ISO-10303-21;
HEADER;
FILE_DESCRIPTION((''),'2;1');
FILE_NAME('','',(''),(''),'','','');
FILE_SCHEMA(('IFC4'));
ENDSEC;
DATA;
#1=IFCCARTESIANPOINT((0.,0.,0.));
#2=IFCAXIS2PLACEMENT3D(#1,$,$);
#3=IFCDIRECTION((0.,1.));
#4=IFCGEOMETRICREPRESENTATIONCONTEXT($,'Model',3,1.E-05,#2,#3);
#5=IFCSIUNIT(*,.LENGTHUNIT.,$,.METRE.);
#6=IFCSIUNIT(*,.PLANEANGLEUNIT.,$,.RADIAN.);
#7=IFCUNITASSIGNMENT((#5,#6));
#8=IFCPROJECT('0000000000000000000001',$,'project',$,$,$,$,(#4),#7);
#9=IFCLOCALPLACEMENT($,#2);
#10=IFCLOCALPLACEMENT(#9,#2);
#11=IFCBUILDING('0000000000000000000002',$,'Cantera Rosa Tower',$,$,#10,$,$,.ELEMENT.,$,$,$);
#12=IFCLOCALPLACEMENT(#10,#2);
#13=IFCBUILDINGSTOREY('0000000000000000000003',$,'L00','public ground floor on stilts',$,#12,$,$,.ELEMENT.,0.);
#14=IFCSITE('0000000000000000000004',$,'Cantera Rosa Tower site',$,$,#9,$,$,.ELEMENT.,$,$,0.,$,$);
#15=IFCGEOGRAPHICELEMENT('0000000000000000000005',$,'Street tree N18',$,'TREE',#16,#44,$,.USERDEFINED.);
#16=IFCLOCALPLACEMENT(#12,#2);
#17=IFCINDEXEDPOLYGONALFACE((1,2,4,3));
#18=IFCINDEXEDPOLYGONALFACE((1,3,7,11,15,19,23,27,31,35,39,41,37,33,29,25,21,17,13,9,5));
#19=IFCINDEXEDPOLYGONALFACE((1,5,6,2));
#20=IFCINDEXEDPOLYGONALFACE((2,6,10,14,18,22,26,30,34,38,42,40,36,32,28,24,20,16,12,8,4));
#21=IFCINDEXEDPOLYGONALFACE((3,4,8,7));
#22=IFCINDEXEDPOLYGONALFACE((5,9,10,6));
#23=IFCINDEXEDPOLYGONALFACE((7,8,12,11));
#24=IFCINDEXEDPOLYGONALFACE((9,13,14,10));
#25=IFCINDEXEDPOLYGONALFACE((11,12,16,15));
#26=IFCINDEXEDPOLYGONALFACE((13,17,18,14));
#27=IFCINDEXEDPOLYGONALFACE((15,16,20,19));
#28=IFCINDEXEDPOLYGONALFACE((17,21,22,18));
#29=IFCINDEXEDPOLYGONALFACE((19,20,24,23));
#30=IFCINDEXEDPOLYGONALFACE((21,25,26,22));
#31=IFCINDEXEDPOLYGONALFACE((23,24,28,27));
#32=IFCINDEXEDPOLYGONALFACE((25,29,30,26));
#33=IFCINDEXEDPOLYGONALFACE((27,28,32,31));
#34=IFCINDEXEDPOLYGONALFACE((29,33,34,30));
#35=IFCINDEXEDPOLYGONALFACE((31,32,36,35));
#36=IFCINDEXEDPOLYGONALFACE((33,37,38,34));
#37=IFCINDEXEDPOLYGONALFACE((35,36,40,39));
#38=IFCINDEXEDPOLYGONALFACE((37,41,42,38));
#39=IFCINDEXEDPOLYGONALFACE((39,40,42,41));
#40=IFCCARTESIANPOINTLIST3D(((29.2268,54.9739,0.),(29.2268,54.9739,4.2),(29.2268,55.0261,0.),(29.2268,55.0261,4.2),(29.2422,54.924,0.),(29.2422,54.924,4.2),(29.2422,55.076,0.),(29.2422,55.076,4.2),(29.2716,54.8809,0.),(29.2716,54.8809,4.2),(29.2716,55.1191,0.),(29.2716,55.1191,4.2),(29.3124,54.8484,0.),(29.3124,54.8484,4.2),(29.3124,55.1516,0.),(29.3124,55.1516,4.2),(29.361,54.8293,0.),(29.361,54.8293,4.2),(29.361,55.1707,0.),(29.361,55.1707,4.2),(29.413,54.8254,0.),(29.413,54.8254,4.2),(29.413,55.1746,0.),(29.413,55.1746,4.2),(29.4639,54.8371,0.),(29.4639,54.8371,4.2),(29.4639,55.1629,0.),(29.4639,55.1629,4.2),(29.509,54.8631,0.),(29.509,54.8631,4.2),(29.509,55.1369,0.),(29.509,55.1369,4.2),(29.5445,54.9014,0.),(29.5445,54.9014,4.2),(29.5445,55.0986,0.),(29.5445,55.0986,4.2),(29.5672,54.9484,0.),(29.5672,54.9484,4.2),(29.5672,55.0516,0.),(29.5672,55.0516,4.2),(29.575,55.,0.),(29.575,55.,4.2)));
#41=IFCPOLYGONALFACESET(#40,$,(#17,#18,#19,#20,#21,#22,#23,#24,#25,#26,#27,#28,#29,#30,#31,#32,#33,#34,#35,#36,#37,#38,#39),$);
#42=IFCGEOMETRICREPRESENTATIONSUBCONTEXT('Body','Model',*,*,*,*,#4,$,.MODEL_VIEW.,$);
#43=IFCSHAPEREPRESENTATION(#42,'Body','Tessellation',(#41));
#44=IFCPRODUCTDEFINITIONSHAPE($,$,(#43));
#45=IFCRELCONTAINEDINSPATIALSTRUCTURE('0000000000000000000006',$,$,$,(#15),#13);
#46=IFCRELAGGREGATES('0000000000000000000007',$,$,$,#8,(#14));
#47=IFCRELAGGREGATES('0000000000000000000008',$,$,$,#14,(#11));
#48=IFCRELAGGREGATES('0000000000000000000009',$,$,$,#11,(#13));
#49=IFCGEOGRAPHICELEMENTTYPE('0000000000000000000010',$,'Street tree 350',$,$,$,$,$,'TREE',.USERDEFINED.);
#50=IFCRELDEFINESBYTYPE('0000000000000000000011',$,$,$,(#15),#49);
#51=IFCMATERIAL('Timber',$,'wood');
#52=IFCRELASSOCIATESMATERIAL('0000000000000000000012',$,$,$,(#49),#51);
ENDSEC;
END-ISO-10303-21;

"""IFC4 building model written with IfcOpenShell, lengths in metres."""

from ifc_helpers import new_model, si_unit, direction, frame, origin, origin_2d, place, context, subcontext, project, spatial, circle, extrude, material, material_profile, profile_set, type_object, element, save


model = new_model("IFC4")

# Units and contexts
model_context = context("Model", 3, precision=1e-05, world=origin(), true_north=direction((0.0, 1.0)))
body_context = subcontext(model_context, "Body", "Model", "MODEL_VIEW")
ifc_project = project(units=[si_unit("LENGTHUNIT", "METRE"), si_unit("PLANEANGLEUNIT", "RADIAN")], contexts=[model_context])

# Site, building, storey
site_placement = place(None, origin())
site = spatial("IfcSite", under=ifc_project, at=site_placement, Name="Cantera Rosa Tower site", CompositionType="ELEMENT", RefElevation=0.0)
building_placement = place(site_placement, origin())
building = spatial("IfcBuilding", under=site, at=building_placement, Name="Cantera Rosa Tower", CompositionType="ELEMENT")
storey_placement = place(building_placement, origin())
storey = spatial("IfcBuildingStorey", under=building, at=storey_placement, Name="L00", Description="public ground floor on stilts", CompositionType="ELEMENT", Elevation=0.0)

# Geographic element
ifc_material_1 = material(Name="Timber", Category="wood")
ifc_material_profile_1 = material_profile(ifc_material_1, circle(Radius=0.175, at=origin_2d()), Name="Street tree 350")
ifc_profile_set_1 = profile_set([ifc_material_profile_1], Name="Timber")
geographic_element_type = type_object("IfcGeographicElementType", Name="Street tree 350", ElementType="TREE", PredefinedType="USERDEFINED", material=ifc_profile_set_1)
for number, where, z_axis, x_axis, name in (
    (1, (29.3999, 55.0, 0.0), (0.0, 0.0, 1.0), (1.0, 0.0, 0.0), "Street tree N18"),
):
    element("IfcGeographicElement", number, at=place(storey_placement, frame(where, z_axis=z_axis, x_axis=x_axis)), inside=storey, type_object=geographic_element_type, Name=name, ObjectType="TREE", PredefinedType="USERDEFINED", context=body_context, shape_type="SweptSolid", body=[
        extrude(circle(Radius=0.175, at=origin_2d()), origin(), (0.0, 0.0, 1.0), 4.2),
    ])

save(model, "model.ifc")
